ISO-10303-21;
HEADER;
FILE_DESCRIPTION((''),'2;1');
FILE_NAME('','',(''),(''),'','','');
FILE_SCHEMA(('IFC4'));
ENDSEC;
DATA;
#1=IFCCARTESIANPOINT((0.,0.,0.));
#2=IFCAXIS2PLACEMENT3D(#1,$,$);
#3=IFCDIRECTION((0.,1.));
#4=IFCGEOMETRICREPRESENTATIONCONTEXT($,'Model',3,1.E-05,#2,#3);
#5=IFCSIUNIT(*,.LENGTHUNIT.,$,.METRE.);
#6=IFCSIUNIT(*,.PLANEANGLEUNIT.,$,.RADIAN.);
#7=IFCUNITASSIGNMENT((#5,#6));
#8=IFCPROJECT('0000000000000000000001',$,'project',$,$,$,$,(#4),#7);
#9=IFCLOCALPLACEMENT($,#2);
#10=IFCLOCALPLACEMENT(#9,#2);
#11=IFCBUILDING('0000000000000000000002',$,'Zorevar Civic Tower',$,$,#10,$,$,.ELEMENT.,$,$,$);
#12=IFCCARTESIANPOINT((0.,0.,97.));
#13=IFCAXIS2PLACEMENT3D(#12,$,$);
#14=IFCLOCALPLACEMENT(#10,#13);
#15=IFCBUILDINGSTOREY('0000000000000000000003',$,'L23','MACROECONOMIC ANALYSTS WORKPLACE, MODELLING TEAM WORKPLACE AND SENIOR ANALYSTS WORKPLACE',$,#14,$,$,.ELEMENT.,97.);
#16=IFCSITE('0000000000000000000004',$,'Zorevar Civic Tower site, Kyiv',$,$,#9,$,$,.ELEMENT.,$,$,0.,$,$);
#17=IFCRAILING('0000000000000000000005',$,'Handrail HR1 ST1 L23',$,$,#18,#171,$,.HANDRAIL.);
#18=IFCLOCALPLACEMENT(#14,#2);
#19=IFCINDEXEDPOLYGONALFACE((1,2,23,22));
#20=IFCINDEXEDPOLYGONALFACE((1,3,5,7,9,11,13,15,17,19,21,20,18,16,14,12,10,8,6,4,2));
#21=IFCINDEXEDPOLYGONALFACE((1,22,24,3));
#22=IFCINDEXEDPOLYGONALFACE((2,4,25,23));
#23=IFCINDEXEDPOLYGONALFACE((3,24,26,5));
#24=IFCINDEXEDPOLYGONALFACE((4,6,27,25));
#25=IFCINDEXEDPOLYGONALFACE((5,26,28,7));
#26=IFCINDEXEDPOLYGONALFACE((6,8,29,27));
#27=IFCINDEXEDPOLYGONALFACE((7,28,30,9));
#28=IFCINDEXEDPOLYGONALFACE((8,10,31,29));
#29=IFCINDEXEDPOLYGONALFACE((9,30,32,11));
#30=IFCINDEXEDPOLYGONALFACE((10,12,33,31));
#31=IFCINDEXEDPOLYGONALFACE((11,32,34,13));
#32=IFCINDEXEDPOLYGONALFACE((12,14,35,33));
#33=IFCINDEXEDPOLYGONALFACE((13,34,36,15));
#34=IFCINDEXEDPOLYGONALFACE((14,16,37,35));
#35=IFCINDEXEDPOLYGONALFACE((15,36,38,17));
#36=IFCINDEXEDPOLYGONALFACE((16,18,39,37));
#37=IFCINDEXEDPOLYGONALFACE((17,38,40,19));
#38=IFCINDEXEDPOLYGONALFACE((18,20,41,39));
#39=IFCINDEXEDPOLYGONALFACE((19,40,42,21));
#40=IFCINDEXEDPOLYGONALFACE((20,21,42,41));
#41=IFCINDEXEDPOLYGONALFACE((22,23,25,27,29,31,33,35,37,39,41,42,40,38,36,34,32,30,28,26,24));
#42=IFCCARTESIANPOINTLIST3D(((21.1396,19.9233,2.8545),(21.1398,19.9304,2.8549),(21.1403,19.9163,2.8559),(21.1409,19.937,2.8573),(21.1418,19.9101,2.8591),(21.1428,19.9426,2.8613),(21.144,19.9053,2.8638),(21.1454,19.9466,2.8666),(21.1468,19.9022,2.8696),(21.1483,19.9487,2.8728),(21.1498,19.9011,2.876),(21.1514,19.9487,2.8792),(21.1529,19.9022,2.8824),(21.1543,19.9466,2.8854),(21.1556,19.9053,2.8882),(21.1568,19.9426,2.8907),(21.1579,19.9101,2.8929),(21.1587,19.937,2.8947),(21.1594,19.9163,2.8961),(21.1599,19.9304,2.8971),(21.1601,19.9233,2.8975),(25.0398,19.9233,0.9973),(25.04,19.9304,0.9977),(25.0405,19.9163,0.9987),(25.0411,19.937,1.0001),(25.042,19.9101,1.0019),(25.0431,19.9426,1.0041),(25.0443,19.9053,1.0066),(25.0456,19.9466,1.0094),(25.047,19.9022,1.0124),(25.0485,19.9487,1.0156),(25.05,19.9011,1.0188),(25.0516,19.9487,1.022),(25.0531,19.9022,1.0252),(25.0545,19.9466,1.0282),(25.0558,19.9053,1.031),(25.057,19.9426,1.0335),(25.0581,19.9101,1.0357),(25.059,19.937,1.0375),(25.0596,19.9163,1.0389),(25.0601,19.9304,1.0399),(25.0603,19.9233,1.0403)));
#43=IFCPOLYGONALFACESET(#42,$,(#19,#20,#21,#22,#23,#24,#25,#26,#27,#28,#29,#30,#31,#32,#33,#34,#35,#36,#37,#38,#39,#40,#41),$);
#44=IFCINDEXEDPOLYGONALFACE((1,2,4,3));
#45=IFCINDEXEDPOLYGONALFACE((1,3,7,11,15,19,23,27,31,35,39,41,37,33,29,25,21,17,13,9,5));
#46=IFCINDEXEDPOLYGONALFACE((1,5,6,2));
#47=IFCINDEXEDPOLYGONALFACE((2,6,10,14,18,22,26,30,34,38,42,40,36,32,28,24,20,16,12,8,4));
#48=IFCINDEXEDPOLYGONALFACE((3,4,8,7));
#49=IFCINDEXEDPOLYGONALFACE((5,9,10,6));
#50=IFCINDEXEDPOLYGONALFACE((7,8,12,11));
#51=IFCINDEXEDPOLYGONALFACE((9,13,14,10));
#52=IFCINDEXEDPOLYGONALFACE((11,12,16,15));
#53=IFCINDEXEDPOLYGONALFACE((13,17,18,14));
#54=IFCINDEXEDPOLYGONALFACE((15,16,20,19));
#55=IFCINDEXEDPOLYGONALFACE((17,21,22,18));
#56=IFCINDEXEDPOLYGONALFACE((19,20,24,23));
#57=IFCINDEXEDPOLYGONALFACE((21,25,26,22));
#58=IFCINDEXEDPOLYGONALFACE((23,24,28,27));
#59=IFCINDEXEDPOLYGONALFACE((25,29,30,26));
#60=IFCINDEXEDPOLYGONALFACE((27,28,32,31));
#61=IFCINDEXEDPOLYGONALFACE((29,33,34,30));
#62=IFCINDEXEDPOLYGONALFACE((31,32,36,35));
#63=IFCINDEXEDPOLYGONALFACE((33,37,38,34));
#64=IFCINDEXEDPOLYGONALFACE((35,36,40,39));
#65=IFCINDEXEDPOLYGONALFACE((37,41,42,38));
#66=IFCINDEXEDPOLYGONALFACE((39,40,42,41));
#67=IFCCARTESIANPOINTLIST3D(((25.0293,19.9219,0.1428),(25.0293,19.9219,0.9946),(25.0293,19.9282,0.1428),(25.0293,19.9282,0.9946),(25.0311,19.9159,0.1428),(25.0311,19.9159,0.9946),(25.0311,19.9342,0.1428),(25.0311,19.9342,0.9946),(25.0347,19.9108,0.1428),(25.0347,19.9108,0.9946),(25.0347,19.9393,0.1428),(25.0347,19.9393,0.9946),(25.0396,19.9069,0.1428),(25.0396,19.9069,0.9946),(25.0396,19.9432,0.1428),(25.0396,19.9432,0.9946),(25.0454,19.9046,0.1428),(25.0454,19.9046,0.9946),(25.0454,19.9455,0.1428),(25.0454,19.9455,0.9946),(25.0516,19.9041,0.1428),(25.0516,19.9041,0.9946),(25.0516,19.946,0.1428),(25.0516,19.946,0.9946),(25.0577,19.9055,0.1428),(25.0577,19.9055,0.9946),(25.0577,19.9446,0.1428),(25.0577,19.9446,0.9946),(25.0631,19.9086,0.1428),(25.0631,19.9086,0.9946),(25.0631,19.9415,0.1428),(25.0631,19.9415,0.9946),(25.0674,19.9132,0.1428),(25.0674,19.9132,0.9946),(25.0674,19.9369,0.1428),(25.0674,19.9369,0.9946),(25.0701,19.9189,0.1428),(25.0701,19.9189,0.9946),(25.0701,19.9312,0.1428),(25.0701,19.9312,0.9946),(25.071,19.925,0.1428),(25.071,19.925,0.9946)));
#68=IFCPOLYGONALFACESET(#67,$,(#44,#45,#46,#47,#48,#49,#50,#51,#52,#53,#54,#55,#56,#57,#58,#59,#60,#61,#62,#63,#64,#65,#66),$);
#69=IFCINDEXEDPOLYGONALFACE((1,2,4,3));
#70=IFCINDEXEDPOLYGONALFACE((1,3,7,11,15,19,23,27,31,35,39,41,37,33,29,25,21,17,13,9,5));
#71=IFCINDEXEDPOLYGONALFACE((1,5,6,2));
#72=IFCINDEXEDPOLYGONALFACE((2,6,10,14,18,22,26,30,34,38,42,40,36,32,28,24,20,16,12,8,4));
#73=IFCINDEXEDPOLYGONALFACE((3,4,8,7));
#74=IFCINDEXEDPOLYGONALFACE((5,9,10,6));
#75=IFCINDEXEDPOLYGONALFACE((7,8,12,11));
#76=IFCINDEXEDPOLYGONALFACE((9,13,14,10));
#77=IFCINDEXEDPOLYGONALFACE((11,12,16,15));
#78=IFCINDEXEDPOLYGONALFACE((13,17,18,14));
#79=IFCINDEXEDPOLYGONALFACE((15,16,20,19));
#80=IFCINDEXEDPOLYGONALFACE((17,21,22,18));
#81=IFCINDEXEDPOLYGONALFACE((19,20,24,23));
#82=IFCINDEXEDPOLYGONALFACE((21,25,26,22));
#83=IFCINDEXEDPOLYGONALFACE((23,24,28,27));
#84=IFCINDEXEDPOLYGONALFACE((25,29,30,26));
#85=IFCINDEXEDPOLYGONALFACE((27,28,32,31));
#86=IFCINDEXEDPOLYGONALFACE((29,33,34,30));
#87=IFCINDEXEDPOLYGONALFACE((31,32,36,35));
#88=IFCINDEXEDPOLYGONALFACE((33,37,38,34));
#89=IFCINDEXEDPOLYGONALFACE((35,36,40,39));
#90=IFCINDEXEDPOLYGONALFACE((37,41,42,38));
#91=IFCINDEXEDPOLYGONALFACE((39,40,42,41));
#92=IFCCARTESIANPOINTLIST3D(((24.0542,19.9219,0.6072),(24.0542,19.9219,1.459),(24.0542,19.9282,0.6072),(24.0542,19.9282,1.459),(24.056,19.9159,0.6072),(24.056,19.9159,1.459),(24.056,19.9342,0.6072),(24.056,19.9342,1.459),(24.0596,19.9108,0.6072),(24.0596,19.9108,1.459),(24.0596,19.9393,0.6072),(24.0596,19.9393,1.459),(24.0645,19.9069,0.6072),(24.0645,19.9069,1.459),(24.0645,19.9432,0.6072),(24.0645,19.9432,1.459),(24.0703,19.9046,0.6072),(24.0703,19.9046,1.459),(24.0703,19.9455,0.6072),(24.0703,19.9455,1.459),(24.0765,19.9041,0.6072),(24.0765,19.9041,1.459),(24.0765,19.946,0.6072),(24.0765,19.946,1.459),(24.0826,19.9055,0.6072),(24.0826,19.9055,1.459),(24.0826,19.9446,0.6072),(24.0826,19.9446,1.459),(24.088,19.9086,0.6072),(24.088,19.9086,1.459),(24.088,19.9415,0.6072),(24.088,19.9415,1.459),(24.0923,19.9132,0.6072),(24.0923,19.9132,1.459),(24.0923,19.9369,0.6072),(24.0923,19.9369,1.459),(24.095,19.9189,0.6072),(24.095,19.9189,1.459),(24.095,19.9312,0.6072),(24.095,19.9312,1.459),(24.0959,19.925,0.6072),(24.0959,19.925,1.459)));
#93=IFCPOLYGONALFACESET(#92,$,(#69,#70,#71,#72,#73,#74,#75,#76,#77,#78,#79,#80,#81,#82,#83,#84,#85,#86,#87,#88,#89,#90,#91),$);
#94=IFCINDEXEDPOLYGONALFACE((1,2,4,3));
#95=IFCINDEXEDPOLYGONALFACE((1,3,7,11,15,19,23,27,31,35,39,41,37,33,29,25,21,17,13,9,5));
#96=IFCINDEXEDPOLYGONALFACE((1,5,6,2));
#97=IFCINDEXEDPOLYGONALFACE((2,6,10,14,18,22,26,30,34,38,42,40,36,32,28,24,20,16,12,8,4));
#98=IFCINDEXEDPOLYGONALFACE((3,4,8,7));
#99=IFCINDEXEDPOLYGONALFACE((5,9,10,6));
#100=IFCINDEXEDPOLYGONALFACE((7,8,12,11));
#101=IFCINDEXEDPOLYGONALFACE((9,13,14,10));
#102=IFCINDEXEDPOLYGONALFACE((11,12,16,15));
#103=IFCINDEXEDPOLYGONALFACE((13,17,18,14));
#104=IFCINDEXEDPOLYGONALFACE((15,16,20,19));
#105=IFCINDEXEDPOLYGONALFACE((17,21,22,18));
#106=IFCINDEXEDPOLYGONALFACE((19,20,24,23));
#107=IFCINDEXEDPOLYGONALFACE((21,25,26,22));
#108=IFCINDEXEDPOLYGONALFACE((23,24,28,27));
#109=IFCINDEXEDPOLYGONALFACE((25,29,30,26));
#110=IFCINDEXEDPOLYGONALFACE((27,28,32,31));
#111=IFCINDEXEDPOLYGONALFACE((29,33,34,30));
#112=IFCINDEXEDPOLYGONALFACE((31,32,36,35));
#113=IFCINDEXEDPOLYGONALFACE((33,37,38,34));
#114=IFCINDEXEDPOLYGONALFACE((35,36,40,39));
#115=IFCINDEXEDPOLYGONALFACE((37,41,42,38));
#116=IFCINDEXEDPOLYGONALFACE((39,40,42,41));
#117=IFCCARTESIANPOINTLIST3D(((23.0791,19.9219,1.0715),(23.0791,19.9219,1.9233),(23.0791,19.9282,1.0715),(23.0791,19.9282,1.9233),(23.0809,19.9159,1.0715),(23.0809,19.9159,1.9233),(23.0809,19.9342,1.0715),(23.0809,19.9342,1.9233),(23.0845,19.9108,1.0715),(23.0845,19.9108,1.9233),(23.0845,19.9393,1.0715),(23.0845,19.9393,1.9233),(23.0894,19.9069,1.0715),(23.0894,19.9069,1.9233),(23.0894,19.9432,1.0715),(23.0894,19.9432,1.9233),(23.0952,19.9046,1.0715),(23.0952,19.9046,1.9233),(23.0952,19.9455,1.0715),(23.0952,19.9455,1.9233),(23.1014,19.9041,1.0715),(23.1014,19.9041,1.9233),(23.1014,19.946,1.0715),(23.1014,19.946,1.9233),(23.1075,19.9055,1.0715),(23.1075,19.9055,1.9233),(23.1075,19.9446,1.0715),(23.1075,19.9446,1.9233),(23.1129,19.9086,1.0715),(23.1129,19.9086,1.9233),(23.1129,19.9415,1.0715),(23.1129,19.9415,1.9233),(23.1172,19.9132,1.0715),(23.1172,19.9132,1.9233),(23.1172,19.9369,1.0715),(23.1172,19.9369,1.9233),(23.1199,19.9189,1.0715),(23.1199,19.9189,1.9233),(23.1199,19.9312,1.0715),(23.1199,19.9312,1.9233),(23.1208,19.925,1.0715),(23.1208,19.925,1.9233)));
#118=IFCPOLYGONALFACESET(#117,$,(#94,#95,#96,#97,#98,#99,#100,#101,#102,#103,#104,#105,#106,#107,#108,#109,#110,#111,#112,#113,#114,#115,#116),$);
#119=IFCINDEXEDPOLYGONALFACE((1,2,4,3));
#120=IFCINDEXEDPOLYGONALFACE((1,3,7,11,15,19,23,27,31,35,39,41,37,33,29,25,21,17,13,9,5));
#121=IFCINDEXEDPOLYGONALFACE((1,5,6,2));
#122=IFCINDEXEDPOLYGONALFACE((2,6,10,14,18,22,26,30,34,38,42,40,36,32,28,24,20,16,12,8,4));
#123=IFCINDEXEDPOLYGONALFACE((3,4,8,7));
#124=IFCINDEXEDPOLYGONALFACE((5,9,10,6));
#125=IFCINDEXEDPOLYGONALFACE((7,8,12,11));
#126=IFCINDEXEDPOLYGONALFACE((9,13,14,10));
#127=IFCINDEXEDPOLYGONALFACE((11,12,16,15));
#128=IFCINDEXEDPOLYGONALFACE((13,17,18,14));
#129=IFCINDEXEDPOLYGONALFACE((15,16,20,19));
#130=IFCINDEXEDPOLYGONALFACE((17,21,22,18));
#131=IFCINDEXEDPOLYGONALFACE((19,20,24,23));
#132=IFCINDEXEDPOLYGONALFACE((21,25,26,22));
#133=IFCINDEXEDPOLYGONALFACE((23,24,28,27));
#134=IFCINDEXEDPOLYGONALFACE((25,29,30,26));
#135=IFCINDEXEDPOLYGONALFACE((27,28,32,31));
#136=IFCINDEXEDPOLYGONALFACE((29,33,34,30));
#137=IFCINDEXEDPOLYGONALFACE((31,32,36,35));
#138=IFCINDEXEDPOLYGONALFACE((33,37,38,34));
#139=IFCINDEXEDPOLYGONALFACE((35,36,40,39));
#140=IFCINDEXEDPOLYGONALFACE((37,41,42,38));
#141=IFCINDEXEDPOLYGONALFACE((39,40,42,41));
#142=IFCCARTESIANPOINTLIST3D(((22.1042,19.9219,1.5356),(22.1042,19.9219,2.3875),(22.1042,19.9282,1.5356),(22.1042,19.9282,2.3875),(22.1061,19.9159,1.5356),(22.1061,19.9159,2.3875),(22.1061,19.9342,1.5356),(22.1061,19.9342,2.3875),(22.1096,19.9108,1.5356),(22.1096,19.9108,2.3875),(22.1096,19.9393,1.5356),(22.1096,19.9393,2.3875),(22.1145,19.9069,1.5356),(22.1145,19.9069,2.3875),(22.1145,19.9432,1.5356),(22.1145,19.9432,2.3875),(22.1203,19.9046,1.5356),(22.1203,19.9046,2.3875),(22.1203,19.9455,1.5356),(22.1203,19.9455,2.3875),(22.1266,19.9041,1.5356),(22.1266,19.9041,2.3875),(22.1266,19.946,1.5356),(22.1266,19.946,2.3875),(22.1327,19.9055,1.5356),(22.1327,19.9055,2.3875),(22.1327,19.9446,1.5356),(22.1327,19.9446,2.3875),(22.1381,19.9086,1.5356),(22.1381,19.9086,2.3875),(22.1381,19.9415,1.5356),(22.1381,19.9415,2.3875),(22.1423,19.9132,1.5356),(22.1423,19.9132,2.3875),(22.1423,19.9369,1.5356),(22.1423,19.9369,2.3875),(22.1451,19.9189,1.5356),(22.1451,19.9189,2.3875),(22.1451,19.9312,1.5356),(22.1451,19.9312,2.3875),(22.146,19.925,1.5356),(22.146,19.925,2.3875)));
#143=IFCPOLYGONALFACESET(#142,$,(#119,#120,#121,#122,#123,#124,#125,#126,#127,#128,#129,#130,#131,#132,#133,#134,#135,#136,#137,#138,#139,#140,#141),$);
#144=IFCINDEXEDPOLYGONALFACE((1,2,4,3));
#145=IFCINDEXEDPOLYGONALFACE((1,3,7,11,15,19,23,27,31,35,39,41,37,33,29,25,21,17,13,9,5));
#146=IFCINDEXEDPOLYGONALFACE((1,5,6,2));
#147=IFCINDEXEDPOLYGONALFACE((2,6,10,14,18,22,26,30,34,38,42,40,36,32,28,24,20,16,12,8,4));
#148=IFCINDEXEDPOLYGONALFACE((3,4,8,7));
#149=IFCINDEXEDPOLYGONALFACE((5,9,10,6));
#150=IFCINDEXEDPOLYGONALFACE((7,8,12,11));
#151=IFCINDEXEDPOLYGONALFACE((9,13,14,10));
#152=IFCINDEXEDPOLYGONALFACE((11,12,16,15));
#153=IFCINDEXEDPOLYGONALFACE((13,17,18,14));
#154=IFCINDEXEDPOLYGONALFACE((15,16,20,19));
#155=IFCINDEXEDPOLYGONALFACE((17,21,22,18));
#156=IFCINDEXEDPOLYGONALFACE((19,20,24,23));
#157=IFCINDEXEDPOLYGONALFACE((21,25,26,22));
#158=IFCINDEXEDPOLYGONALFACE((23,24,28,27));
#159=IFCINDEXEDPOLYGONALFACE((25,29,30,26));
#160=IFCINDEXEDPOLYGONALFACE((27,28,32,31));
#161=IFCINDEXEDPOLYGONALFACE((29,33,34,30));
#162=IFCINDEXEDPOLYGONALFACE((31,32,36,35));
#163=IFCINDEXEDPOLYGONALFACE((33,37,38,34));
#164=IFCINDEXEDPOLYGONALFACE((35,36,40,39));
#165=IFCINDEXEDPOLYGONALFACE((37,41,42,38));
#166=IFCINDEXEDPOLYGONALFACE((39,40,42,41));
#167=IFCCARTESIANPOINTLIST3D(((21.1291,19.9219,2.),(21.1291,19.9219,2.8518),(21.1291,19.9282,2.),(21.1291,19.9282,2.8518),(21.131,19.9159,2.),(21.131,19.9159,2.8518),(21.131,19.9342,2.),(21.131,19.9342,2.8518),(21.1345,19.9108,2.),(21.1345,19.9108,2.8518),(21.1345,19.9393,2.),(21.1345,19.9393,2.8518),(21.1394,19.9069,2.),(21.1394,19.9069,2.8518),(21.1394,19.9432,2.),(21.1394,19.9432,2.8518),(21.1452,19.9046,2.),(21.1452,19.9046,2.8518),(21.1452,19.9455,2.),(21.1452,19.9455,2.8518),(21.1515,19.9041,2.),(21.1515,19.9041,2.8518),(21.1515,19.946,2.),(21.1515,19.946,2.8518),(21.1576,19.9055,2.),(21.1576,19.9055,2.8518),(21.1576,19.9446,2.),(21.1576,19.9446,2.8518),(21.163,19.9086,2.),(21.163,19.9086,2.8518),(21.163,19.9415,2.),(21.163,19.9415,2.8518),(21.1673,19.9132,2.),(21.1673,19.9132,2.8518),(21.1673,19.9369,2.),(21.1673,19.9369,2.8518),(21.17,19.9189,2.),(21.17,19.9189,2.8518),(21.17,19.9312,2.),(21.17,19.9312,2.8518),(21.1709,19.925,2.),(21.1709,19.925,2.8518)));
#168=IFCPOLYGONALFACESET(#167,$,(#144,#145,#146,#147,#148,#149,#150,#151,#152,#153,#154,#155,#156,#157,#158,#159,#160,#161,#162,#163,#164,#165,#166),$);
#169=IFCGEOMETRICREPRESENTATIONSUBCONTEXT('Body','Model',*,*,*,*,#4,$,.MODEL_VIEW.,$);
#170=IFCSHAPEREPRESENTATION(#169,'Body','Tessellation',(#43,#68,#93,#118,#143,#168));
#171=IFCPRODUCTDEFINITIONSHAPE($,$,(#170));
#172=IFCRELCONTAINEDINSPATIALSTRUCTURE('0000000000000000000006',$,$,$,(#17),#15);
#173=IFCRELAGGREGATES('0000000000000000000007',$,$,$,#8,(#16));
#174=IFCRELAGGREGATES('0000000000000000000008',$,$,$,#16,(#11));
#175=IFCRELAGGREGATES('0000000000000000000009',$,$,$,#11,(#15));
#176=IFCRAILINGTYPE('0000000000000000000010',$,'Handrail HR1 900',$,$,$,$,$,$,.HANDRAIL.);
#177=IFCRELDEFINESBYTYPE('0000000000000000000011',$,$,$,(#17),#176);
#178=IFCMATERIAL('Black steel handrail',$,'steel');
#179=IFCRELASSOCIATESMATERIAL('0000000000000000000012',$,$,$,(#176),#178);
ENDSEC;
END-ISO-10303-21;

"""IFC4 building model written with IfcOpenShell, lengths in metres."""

from ifc_helpers import new_model, si_unit, direction, frame, origin, origin_2d, place, context, subcontext, project, spatial, circle, extrude, material, type_object, element, save


model = new_model("IFC4")

# Units and contexts
model_context = context("Model", 3, precision=1e-05, world=origin(), true_north=direction((0.0, 1.0)))
body_context = subcontext(model_context, "Body", "Model", "MODEL_VIEW")
ifc_project = project(units=[si_unit("LENGTHUNIT", "METRE"), si_unit("PLANEANGLEUNIT", "RADIAN")], contexts=[model_context])

# Site, building, storey
site_placement = place(None, origin())
site = spatial("IfcSite", under=ifc_project, at=site_placement, Name="Zorevar Civic Tower site, Kyiv", CompositionType="ELEMENT", RefElevation=0.0)
building_placement = place(site_placement, origin())
building = spatial("IfcBuilding", under=site, at=building_placement, Name="Zorevar Civic Tower", CompositionType="ELEMENT")
storey_placement = place(building_placement, frame((0.0, 0.0, 97.0)))
storey = spatial("IfcBuildingStorey", under=building, at=storey_placement, Name="L23", Description="MACROECONOMIC ANALYSTS WORKPLACE, MODELLING TEAM WORKPLACE AND SENIOR ANALYSTS WORKPLACE", CompositionType="ELEMENT", Elevation=97.0)

# Railing
ifc_material_1 = material(Name="Black steel handrail", Category="steel")
railing_type = type_object("IfcRailingType", Name="Handrail HR1 900", PredefinedType="HANDRAIL", material=ifc_material_1)
railing_1_placement = place(storey_placement, frame((25.05, 19.925, 0.1428)))
element("IfcRailing", 1, at=railing_1_placement, inside=storey, type_object=railing_type, Name="Handrail HR1 ST1 L23", PredefinedType="HANDRAIL", context=body_context, shape_type="SweptSolid", body=[
    extrude(circle(Radius=0.0239, at=origin_2d()), frame((0.0, 0.0, 0.876), z_axis=(-0.902864, 0.0, 0.429927), x_axis=(0.0, -1.0, 0.0)), (0.0, 0.0, 1.0), 4.3198),
    extrude(circle(Radius=0.021, at=origin_2d()), origin(), (0.0, 0.0, 1.0), 0.8518),
    extrude(circle(Radius=0.021, at=origin_2d()), frame((-0.9751, 0.0, 0.4644)), (0.0, 0.0, 1.0), 0.8518),
    extrude(circle(Radius=0.021, at=origin_2d()), frame((-1.9502, 0.0, 0.9287)), (0.0, 0.0, 1.0), 0.8518),
    extrude(circle(Radius=0.021, at=origin_2d()), frame((-2.925, 0.0, 1.3928)), (0.0, 0.0, 1.0), 0.8518),
    extrude(circle(Radius=0.021, at=origin_2d()), frame((-3.9001, 0.0, 1.8572)), (0.0, 0.0, 1.0), 0.8518),
])

save(model, "model.ifc")
